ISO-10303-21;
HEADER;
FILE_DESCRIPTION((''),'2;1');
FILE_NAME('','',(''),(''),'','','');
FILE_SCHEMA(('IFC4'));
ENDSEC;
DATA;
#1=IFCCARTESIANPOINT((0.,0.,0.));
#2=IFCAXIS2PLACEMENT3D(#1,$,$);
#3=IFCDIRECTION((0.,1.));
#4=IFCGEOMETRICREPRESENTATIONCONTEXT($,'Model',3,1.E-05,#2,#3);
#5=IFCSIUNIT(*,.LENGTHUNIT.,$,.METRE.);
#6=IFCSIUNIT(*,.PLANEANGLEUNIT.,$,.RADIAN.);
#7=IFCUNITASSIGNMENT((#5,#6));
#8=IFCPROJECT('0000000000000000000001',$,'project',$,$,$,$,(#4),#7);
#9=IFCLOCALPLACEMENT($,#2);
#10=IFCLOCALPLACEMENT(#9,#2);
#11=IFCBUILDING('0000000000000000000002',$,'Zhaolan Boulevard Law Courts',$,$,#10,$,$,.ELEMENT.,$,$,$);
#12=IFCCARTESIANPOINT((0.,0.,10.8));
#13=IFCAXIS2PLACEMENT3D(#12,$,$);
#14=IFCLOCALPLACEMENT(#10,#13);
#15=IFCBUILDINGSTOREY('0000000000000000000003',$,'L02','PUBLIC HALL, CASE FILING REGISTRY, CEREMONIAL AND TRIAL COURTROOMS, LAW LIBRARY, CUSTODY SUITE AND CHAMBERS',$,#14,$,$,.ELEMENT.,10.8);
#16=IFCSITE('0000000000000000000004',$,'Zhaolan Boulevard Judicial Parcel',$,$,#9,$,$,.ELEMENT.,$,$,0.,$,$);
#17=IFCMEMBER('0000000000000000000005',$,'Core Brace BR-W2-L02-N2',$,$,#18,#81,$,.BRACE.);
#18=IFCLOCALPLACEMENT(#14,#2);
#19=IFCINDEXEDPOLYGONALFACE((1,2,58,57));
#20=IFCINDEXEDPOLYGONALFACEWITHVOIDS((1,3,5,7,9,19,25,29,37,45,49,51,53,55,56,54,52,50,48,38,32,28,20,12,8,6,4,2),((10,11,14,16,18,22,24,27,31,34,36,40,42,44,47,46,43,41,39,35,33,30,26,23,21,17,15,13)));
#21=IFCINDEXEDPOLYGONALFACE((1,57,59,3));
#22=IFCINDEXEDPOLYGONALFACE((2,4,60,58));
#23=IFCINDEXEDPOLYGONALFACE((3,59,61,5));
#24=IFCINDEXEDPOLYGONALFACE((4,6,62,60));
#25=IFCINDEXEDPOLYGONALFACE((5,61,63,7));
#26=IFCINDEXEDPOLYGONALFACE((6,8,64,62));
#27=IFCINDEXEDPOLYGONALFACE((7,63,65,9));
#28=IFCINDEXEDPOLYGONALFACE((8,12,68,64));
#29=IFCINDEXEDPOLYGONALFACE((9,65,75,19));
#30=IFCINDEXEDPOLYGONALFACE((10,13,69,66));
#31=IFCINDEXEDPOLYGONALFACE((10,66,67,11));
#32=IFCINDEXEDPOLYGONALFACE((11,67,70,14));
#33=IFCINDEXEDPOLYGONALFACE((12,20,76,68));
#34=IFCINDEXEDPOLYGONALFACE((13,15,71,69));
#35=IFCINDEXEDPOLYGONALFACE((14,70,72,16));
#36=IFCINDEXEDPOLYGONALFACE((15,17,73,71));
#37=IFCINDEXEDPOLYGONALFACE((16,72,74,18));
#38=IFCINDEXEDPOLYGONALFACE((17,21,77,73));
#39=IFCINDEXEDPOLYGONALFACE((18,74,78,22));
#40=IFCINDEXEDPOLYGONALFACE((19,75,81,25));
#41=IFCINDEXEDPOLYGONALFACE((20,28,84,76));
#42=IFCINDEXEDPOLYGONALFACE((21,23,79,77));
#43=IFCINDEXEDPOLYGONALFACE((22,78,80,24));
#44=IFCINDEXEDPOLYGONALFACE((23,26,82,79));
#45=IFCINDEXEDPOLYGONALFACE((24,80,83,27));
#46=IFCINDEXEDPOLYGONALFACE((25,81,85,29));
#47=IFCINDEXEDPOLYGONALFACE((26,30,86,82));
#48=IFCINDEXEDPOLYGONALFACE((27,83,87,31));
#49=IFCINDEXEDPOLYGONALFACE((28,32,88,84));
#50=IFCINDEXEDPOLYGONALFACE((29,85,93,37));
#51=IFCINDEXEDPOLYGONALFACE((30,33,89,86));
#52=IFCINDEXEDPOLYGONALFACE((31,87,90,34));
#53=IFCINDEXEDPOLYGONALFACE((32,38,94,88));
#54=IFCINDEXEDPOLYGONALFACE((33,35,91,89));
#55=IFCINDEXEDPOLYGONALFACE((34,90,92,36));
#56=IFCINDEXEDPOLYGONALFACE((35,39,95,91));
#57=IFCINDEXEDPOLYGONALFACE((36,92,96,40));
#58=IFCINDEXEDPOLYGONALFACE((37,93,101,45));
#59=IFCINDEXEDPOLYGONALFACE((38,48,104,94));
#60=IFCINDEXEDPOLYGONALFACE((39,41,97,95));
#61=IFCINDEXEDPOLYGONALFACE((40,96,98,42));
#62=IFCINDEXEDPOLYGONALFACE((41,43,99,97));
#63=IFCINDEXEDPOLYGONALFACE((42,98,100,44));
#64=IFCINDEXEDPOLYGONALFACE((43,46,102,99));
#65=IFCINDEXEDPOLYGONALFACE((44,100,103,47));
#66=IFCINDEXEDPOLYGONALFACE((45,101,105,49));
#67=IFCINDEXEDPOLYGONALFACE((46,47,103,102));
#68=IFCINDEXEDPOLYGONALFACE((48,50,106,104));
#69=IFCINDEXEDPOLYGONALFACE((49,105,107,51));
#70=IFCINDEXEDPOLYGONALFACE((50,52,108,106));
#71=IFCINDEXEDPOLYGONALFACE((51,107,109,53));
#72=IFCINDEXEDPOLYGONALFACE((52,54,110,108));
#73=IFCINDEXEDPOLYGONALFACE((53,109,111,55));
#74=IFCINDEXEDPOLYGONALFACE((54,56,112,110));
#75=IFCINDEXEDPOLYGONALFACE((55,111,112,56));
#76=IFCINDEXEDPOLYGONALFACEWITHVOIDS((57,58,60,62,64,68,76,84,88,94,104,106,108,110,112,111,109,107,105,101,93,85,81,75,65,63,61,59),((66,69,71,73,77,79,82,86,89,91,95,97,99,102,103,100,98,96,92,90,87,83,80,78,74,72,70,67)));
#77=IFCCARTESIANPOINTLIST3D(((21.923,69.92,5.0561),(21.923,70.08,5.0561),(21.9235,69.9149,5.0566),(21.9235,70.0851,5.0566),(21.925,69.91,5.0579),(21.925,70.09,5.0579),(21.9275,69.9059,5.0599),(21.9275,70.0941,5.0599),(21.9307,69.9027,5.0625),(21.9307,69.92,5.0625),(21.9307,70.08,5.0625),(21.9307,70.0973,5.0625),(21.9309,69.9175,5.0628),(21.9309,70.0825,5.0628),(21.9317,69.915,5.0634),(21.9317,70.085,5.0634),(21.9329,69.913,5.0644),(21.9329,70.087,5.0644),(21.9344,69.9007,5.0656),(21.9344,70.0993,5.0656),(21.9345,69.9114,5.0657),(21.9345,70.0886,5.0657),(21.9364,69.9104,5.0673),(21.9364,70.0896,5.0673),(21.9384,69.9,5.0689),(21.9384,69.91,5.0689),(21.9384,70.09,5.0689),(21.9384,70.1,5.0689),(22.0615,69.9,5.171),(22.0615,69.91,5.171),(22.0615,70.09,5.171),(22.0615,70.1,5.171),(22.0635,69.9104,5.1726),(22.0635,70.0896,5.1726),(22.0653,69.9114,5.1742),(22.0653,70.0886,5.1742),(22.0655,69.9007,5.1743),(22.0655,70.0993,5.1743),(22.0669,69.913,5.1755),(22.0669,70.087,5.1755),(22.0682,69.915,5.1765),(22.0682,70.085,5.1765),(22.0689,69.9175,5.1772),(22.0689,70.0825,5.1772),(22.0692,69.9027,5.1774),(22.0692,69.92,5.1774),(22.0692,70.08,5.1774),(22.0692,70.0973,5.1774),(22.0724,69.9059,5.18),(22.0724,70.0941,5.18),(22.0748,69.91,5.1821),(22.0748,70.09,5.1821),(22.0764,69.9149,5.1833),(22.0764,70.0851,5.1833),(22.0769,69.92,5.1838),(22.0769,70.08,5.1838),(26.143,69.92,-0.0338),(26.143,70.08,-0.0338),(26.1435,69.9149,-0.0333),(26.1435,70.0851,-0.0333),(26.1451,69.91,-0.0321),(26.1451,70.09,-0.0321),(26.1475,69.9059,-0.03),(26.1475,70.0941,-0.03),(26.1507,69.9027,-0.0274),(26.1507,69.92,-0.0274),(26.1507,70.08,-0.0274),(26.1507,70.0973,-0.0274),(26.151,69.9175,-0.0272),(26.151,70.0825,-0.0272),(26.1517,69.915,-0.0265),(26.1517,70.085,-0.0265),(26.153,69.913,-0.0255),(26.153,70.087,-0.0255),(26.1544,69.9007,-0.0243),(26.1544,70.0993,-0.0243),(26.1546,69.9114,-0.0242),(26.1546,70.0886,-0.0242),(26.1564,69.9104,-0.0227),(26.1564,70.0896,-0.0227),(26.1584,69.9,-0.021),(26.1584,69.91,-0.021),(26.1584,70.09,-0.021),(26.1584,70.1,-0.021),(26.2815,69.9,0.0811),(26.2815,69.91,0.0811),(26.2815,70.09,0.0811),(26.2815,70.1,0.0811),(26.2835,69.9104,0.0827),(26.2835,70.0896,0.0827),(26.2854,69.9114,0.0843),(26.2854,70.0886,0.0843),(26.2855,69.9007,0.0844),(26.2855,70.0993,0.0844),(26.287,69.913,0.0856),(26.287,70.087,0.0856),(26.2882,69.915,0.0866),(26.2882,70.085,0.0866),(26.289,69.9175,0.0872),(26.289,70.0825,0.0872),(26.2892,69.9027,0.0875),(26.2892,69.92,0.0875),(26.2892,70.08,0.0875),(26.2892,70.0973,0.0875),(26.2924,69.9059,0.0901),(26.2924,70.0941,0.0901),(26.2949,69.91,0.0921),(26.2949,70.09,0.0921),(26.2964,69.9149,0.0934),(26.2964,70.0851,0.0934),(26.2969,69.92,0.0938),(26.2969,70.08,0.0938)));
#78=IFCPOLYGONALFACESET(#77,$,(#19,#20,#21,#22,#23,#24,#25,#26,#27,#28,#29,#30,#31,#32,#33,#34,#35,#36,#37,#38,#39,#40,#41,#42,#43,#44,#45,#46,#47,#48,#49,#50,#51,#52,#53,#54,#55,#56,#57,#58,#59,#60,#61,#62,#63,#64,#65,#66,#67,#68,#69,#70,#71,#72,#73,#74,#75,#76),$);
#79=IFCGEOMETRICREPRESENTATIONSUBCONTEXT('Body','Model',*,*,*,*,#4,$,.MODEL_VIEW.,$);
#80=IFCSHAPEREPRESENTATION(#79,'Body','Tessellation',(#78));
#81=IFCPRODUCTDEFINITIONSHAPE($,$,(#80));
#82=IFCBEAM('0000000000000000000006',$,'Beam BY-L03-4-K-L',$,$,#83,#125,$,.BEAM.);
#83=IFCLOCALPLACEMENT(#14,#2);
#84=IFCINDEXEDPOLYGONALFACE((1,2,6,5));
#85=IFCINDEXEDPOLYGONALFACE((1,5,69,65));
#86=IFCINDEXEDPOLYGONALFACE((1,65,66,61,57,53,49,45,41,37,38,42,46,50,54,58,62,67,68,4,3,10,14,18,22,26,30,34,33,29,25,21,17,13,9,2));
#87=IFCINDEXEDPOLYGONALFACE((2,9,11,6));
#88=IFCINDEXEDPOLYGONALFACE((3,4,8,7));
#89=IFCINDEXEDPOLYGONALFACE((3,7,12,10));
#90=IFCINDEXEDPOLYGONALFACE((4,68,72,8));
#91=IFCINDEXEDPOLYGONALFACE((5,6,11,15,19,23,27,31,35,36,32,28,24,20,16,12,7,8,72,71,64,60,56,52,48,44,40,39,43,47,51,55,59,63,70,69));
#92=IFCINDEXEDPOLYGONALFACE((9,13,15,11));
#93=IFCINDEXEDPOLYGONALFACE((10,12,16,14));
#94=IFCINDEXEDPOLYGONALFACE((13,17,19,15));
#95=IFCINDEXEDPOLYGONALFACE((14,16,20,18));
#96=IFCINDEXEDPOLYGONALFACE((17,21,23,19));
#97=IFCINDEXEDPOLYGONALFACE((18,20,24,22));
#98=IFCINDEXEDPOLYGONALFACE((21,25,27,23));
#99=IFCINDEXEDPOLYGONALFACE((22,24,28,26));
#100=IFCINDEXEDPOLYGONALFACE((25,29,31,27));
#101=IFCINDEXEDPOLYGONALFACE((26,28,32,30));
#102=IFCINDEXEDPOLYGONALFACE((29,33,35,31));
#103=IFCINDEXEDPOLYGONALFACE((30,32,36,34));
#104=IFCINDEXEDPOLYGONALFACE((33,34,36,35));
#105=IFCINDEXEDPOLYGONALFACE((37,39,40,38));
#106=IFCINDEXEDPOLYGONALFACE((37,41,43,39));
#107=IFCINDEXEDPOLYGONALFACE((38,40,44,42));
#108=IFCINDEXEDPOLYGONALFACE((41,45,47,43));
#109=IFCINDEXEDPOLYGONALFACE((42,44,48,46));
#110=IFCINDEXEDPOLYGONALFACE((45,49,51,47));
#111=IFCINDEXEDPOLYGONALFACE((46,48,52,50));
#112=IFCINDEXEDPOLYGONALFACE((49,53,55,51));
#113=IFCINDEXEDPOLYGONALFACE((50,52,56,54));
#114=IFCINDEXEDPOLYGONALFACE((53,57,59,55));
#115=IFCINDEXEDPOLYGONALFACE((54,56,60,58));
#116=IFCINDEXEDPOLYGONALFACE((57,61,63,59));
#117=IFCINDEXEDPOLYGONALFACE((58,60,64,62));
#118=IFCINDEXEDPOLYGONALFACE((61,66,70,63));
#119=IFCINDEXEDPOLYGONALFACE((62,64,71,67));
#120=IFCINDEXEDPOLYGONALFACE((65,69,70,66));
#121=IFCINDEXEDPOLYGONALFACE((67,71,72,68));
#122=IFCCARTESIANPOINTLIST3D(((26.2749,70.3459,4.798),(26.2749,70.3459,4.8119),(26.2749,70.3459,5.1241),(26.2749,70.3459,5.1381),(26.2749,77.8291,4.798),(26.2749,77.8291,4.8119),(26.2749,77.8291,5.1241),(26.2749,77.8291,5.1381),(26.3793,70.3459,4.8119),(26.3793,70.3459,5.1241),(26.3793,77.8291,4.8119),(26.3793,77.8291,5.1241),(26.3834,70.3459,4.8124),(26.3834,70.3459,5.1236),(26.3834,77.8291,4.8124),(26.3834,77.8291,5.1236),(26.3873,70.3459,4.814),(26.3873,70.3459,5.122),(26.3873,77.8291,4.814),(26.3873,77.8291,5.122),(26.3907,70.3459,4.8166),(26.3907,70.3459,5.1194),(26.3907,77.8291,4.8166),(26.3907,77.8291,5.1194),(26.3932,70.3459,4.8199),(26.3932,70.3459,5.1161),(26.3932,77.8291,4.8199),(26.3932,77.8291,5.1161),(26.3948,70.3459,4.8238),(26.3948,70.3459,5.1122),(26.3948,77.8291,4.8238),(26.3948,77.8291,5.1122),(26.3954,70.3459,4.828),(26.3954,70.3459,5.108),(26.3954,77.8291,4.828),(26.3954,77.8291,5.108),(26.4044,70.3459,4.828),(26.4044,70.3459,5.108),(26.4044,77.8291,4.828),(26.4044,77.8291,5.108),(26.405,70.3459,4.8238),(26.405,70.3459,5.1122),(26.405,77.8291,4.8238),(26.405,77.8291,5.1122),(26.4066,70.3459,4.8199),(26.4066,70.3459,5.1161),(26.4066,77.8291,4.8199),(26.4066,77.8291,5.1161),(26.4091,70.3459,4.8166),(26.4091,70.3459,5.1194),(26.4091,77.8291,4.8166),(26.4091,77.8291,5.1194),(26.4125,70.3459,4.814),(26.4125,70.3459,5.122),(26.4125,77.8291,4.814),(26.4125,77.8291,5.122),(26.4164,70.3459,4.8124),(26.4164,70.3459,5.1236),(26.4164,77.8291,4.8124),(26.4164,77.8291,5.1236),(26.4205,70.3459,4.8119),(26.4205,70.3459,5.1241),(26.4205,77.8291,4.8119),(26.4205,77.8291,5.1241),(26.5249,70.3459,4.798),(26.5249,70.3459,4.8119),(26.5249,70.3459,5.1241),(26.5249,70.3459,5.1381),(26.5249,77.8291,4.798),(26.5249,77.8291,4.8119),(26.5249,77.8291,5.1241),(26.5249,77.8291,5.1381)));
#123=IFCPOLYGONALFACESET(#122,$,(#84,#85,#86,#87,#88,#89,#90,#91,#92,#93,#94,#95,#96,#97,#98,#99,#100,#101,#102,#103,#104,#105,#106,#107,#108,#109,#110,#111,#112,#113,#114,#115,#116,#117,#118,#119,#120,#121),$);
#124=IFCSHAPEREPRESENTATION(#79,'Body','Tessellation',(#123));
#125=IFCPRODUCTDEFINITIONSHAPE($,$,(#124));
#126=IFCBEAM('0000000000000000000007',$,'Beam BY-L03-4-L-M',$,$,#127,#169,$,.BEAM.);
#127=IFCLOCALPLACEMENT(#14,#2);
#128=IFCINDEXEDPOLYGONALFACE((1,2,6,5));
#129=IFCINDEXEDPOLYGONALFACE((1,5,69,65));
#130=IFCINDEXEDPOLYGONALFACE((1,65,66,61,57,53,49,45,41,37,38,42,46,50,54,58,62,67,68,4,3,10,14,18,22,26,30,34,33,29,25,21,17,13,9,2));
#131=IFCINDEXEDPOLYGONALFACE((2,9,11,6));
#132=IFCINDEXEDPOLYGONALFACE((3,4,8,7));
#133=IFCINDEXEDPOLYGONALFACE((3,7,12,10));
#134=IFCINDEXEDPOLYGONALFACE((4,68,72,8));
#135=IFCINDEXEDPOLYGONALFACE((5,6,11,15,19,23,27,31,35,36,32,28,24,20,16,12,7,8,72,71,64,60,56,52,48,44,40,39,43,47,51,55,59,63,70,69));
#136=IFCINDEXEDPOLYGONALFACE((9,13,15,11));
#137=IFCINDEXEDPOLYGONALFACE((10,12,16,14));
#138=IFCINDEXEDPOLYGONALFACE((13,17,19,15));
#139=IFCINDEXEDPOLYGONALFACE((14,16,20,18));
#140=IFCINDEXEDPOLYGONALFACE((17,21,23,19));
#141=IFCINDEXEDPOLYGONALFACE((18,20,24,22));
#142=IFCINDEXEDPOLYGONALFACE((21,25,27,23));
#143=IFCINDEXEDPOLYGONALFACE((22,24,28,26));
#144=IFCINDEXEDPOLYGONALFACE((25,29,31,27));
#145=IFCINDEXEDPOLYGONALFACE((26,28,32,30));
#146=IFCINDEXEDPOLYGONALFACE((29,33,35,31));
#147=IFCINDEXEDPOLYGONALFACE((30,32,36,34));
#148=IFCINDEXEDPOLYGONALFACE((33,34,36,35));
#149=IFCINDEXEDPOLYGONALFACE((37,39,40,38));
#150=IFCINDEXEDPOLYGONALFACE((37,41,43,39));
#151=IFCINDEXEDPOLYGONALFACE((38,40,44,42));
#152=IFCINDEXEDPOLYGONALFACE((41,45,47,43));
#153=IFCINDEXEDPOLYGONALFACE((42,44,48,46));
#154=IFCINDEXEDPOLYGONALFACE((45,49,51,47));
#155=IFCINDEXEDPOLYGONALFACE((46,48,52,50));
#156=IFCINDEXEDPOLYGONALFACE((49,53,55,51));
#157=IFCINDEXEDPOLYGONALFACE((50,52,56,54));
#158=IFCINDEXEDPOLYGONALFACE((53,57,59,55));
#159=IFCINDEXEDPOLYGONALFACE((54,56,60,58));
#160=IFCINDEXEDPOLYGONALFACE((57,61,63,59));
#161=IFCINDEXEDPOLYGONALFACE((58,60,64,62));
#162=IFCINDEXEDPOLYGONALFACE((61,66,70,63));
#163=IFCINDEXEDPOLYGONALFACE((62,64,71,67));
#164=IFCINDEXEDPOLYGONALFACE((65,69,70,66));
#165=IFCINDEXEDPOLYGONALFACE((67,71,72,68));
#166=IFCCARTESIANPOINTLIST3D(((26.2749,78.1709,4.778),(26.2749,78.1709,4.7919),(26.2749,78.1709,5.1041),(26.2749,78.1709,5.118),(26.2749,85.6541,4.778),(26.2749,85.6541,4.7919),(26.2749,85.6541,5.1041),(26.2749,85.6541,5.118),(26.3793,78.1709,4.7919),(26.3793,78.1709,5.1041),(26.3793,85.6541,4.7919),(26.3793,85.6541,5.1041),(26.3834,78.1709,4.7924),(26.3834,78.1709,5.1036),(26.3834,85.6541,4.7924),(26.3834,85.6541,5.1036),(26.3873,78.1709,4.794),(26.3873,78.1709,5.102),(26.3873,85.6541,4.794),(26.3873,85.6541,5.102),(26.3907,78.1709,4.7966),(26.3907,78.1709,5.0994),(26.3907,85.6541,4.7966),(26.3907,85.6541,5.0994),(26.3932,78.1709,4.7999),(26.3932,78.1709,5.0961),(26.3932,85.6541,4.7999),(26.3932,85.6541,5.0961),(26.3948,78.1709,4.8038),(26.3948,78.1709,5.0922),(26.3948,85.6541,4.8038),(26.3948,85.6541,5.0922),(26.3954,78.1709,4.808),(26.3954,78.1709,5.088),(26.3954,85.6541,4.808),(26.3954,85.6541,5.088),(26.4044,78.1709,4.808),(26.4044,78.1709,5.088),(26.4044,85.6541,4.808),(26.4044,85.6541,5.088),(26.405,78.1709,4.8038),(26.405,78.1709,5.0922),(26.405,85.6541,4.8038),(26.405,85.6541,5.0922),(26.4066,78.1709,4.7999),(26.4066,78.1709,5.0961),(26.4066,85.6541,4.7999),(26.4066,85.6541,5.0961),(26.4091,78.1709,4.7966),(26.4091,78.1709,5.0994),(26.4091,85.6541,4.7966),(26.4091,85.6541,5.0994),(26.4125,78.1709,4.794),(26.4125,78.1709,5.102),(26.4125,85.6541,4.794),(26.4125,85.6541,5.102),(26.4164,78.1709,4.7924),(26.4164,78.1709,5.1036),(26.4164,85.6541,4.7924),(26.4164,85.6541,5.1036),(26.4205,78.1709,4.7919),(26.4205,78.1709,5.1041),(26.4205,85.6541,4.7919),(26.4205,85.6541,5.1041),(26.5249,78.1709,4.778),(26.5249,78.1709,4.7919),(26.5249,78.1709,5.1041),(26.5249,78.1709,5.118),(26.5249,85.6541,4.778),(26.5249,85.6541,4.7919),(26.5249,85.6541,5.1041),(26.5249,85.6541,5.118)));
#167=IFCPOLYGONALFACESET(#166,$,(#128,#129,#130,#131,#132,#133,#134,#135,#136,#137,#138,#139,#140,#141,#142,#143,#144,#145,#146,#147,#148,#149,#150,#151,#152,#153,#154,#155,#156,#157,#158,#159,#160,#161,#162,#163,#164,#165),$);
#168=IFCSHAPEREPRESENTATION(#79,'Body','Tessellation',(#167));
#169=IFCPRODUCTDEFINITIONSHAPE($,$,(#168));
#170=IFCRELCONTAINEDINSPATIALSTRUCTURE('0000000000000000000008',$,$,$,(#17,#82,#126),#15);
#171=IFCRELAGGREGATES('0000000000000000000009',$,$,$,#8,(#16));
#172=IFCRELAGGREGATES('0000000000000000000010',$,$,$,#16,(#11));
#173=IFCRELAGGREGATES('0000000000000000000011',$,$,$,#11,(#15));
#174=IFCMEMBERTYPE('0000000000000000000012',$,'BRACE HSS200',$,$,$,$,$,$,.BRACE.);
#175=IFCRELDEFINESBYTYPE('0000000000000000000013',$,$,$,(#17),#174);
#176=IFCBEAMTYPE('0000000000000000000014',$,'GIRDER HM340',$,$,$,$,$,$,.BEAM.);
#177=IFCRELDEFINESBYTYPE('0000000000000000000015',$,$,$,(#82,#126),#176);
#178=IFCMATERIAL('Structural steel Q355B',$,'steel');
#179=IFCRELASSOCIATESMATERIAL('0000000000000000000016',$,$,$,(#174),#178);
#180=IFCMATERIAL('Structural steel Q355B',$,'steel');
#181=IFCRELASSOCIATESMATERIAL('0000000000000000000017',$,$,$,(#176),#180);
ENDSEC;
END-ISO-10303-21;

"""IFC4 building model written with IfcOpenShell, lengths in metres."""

from ifc_helpers import new_model, si_unit, direction, frame, origin, origin_2d, place, context, subcontext, project, spatial, hollow_rectangle, i_section, extrude, material, material_profile, profile_set, type_object, element, save


model = new_model("IFC4")

# Units and contexts
model_context = context("Model", 3, precision=1e-05, world=origin(), true_north=direction((0.0, 1.0)))
body_context = subcontext(model_context, "Body", "Model", "MODEL_VIEW")
ifc_project = project(units=[si_unit("LENGTHUNIT", "METRE"), si_unit("PLANEANGLEUNIT", "RADIAN")], contexts=[model_context])

# Site, building, storey
site_placement = place(None, origin())
site = spatial("IfcSite", under=ifc_project, at=site_placement, Name="Zhaolan Boulevard Judicial Parcel", CompositionType="ELEMENT", RefElevation=0.0)
building_placement = place(site_placement, origin())
building = spatial("IfcBuilding", under=site, at=building_placement, Name="Zhaolan Boulevard Law Courts", CompositionType="ELEMENT")
storey_placement = place(building_placement, frame((0.0, 0.0, 10.8)))
storey = spatial("IfcBuildingStorey", under=building, at=storey_placement, Name="L02", Description="PUBLIC HALL, CASE FILING REGISTRY, CEREMONIAL AND TRIAL COURTROOMS, LAW LIBRARY, CUSTODY SUITE AND CHAMBERS", CompositionType="ELEMENT", Elevation=10.8)

# Member
ifc_material_1 = material(Name="Structural steel Q355B", Category="steel")
ifc_material_profile_1 = material_profile(ifc_material_1, hollow_rectangle(XDim=0.2, YDim=0.2, WallThickness=0.01, InnerFilletRadius=0.01, OuterFilletRadius=0.02, at=origin_2d()), Name="HSS200x200x10")
ifc_profile_set_1 = profile_set([ifc_material_profile_1], Name="Structural steel Q355B")
member_type = type_object("IfcMemberType", Name="BRACE HSS200", PredefinedType="BRACE", material=ifc_profile_set_1)
member_placement = place(storey_placement, frame((26.22, 70.0, 0.03), z_axis=(-0.638257, 0.0, 0.769823), x_axis=(0.0, -1.0, 0.0)))
element("IfcMember", 1, at=member_placement, inside=storey, type_object=member_type, Name="Core Brace BR-W2-L02-N2", PredefinedType="BRACE", context=body_context, shape_type="SweptSolid", body=[
    extrude(hollow_rectangle(XDim=0.2, YDim=0.2, WallThickness=0.01, InnerFilletRadius=0.01, OuterFilletRadius=0.02, at=origin_2d()), origin(), (0.0, 0.0, 1.0), 6.6118),
])

# Beams
ifc_material_2 = material(Name="Structural steel Q355B", Category="steel")
ifc_material_profile_2 = material_profile(ifc_material_2, i_section(OverallWidth=0.25, OverallDepth=0.3401, WebThickness=0.009, FlangeThickness=0.0139, FilletRadius=0.0161, at=origin_2d()), Name="HM340x250")
ifc_profile_set_2 = profile_set([ifc_material_profile_2], Name="Structural steel Q355B")
beam_type_1 = type_object("IfcBeamType", Name="GIRDER HM340", PredefinedType="BEAM", material=ifc_profile_set_2)
for number, where, z_axis, x_axis, name in (
    (2, (26.3999, 70.3459, 4.968), (0.0, 1.0, 0.0), (-1.0, 0.0, 0.0), "Beam BY-L03-4-K-L"),
    (3, (26.3999, 78.1709, 4.948), (0.0, 1.0, 0.0), (-1.0, 0.0, 0.0), "Beam BY-L03-4-L-M"),
):
    element("IfcBeam", number, at=place(storey_placement, frame(where, z_axis=z_axis, x_axis=x_axis)), inside=storey, type_object=beam_type_1, Name=name, PredefinedType="BEAM", context=body_context, shape_type="SweptSolid", body=[
        extrude(i_section(OverallWidth=0.25, OverallDepth=0.3401, WebThickness=0.009, FlangeThickness=0.0139, FilletRadius=0.0161, at=origin_2d()), origin(), (0.0, 0.0, 1.0), 7.4832),
    ])

save(model, "model.ifc")
